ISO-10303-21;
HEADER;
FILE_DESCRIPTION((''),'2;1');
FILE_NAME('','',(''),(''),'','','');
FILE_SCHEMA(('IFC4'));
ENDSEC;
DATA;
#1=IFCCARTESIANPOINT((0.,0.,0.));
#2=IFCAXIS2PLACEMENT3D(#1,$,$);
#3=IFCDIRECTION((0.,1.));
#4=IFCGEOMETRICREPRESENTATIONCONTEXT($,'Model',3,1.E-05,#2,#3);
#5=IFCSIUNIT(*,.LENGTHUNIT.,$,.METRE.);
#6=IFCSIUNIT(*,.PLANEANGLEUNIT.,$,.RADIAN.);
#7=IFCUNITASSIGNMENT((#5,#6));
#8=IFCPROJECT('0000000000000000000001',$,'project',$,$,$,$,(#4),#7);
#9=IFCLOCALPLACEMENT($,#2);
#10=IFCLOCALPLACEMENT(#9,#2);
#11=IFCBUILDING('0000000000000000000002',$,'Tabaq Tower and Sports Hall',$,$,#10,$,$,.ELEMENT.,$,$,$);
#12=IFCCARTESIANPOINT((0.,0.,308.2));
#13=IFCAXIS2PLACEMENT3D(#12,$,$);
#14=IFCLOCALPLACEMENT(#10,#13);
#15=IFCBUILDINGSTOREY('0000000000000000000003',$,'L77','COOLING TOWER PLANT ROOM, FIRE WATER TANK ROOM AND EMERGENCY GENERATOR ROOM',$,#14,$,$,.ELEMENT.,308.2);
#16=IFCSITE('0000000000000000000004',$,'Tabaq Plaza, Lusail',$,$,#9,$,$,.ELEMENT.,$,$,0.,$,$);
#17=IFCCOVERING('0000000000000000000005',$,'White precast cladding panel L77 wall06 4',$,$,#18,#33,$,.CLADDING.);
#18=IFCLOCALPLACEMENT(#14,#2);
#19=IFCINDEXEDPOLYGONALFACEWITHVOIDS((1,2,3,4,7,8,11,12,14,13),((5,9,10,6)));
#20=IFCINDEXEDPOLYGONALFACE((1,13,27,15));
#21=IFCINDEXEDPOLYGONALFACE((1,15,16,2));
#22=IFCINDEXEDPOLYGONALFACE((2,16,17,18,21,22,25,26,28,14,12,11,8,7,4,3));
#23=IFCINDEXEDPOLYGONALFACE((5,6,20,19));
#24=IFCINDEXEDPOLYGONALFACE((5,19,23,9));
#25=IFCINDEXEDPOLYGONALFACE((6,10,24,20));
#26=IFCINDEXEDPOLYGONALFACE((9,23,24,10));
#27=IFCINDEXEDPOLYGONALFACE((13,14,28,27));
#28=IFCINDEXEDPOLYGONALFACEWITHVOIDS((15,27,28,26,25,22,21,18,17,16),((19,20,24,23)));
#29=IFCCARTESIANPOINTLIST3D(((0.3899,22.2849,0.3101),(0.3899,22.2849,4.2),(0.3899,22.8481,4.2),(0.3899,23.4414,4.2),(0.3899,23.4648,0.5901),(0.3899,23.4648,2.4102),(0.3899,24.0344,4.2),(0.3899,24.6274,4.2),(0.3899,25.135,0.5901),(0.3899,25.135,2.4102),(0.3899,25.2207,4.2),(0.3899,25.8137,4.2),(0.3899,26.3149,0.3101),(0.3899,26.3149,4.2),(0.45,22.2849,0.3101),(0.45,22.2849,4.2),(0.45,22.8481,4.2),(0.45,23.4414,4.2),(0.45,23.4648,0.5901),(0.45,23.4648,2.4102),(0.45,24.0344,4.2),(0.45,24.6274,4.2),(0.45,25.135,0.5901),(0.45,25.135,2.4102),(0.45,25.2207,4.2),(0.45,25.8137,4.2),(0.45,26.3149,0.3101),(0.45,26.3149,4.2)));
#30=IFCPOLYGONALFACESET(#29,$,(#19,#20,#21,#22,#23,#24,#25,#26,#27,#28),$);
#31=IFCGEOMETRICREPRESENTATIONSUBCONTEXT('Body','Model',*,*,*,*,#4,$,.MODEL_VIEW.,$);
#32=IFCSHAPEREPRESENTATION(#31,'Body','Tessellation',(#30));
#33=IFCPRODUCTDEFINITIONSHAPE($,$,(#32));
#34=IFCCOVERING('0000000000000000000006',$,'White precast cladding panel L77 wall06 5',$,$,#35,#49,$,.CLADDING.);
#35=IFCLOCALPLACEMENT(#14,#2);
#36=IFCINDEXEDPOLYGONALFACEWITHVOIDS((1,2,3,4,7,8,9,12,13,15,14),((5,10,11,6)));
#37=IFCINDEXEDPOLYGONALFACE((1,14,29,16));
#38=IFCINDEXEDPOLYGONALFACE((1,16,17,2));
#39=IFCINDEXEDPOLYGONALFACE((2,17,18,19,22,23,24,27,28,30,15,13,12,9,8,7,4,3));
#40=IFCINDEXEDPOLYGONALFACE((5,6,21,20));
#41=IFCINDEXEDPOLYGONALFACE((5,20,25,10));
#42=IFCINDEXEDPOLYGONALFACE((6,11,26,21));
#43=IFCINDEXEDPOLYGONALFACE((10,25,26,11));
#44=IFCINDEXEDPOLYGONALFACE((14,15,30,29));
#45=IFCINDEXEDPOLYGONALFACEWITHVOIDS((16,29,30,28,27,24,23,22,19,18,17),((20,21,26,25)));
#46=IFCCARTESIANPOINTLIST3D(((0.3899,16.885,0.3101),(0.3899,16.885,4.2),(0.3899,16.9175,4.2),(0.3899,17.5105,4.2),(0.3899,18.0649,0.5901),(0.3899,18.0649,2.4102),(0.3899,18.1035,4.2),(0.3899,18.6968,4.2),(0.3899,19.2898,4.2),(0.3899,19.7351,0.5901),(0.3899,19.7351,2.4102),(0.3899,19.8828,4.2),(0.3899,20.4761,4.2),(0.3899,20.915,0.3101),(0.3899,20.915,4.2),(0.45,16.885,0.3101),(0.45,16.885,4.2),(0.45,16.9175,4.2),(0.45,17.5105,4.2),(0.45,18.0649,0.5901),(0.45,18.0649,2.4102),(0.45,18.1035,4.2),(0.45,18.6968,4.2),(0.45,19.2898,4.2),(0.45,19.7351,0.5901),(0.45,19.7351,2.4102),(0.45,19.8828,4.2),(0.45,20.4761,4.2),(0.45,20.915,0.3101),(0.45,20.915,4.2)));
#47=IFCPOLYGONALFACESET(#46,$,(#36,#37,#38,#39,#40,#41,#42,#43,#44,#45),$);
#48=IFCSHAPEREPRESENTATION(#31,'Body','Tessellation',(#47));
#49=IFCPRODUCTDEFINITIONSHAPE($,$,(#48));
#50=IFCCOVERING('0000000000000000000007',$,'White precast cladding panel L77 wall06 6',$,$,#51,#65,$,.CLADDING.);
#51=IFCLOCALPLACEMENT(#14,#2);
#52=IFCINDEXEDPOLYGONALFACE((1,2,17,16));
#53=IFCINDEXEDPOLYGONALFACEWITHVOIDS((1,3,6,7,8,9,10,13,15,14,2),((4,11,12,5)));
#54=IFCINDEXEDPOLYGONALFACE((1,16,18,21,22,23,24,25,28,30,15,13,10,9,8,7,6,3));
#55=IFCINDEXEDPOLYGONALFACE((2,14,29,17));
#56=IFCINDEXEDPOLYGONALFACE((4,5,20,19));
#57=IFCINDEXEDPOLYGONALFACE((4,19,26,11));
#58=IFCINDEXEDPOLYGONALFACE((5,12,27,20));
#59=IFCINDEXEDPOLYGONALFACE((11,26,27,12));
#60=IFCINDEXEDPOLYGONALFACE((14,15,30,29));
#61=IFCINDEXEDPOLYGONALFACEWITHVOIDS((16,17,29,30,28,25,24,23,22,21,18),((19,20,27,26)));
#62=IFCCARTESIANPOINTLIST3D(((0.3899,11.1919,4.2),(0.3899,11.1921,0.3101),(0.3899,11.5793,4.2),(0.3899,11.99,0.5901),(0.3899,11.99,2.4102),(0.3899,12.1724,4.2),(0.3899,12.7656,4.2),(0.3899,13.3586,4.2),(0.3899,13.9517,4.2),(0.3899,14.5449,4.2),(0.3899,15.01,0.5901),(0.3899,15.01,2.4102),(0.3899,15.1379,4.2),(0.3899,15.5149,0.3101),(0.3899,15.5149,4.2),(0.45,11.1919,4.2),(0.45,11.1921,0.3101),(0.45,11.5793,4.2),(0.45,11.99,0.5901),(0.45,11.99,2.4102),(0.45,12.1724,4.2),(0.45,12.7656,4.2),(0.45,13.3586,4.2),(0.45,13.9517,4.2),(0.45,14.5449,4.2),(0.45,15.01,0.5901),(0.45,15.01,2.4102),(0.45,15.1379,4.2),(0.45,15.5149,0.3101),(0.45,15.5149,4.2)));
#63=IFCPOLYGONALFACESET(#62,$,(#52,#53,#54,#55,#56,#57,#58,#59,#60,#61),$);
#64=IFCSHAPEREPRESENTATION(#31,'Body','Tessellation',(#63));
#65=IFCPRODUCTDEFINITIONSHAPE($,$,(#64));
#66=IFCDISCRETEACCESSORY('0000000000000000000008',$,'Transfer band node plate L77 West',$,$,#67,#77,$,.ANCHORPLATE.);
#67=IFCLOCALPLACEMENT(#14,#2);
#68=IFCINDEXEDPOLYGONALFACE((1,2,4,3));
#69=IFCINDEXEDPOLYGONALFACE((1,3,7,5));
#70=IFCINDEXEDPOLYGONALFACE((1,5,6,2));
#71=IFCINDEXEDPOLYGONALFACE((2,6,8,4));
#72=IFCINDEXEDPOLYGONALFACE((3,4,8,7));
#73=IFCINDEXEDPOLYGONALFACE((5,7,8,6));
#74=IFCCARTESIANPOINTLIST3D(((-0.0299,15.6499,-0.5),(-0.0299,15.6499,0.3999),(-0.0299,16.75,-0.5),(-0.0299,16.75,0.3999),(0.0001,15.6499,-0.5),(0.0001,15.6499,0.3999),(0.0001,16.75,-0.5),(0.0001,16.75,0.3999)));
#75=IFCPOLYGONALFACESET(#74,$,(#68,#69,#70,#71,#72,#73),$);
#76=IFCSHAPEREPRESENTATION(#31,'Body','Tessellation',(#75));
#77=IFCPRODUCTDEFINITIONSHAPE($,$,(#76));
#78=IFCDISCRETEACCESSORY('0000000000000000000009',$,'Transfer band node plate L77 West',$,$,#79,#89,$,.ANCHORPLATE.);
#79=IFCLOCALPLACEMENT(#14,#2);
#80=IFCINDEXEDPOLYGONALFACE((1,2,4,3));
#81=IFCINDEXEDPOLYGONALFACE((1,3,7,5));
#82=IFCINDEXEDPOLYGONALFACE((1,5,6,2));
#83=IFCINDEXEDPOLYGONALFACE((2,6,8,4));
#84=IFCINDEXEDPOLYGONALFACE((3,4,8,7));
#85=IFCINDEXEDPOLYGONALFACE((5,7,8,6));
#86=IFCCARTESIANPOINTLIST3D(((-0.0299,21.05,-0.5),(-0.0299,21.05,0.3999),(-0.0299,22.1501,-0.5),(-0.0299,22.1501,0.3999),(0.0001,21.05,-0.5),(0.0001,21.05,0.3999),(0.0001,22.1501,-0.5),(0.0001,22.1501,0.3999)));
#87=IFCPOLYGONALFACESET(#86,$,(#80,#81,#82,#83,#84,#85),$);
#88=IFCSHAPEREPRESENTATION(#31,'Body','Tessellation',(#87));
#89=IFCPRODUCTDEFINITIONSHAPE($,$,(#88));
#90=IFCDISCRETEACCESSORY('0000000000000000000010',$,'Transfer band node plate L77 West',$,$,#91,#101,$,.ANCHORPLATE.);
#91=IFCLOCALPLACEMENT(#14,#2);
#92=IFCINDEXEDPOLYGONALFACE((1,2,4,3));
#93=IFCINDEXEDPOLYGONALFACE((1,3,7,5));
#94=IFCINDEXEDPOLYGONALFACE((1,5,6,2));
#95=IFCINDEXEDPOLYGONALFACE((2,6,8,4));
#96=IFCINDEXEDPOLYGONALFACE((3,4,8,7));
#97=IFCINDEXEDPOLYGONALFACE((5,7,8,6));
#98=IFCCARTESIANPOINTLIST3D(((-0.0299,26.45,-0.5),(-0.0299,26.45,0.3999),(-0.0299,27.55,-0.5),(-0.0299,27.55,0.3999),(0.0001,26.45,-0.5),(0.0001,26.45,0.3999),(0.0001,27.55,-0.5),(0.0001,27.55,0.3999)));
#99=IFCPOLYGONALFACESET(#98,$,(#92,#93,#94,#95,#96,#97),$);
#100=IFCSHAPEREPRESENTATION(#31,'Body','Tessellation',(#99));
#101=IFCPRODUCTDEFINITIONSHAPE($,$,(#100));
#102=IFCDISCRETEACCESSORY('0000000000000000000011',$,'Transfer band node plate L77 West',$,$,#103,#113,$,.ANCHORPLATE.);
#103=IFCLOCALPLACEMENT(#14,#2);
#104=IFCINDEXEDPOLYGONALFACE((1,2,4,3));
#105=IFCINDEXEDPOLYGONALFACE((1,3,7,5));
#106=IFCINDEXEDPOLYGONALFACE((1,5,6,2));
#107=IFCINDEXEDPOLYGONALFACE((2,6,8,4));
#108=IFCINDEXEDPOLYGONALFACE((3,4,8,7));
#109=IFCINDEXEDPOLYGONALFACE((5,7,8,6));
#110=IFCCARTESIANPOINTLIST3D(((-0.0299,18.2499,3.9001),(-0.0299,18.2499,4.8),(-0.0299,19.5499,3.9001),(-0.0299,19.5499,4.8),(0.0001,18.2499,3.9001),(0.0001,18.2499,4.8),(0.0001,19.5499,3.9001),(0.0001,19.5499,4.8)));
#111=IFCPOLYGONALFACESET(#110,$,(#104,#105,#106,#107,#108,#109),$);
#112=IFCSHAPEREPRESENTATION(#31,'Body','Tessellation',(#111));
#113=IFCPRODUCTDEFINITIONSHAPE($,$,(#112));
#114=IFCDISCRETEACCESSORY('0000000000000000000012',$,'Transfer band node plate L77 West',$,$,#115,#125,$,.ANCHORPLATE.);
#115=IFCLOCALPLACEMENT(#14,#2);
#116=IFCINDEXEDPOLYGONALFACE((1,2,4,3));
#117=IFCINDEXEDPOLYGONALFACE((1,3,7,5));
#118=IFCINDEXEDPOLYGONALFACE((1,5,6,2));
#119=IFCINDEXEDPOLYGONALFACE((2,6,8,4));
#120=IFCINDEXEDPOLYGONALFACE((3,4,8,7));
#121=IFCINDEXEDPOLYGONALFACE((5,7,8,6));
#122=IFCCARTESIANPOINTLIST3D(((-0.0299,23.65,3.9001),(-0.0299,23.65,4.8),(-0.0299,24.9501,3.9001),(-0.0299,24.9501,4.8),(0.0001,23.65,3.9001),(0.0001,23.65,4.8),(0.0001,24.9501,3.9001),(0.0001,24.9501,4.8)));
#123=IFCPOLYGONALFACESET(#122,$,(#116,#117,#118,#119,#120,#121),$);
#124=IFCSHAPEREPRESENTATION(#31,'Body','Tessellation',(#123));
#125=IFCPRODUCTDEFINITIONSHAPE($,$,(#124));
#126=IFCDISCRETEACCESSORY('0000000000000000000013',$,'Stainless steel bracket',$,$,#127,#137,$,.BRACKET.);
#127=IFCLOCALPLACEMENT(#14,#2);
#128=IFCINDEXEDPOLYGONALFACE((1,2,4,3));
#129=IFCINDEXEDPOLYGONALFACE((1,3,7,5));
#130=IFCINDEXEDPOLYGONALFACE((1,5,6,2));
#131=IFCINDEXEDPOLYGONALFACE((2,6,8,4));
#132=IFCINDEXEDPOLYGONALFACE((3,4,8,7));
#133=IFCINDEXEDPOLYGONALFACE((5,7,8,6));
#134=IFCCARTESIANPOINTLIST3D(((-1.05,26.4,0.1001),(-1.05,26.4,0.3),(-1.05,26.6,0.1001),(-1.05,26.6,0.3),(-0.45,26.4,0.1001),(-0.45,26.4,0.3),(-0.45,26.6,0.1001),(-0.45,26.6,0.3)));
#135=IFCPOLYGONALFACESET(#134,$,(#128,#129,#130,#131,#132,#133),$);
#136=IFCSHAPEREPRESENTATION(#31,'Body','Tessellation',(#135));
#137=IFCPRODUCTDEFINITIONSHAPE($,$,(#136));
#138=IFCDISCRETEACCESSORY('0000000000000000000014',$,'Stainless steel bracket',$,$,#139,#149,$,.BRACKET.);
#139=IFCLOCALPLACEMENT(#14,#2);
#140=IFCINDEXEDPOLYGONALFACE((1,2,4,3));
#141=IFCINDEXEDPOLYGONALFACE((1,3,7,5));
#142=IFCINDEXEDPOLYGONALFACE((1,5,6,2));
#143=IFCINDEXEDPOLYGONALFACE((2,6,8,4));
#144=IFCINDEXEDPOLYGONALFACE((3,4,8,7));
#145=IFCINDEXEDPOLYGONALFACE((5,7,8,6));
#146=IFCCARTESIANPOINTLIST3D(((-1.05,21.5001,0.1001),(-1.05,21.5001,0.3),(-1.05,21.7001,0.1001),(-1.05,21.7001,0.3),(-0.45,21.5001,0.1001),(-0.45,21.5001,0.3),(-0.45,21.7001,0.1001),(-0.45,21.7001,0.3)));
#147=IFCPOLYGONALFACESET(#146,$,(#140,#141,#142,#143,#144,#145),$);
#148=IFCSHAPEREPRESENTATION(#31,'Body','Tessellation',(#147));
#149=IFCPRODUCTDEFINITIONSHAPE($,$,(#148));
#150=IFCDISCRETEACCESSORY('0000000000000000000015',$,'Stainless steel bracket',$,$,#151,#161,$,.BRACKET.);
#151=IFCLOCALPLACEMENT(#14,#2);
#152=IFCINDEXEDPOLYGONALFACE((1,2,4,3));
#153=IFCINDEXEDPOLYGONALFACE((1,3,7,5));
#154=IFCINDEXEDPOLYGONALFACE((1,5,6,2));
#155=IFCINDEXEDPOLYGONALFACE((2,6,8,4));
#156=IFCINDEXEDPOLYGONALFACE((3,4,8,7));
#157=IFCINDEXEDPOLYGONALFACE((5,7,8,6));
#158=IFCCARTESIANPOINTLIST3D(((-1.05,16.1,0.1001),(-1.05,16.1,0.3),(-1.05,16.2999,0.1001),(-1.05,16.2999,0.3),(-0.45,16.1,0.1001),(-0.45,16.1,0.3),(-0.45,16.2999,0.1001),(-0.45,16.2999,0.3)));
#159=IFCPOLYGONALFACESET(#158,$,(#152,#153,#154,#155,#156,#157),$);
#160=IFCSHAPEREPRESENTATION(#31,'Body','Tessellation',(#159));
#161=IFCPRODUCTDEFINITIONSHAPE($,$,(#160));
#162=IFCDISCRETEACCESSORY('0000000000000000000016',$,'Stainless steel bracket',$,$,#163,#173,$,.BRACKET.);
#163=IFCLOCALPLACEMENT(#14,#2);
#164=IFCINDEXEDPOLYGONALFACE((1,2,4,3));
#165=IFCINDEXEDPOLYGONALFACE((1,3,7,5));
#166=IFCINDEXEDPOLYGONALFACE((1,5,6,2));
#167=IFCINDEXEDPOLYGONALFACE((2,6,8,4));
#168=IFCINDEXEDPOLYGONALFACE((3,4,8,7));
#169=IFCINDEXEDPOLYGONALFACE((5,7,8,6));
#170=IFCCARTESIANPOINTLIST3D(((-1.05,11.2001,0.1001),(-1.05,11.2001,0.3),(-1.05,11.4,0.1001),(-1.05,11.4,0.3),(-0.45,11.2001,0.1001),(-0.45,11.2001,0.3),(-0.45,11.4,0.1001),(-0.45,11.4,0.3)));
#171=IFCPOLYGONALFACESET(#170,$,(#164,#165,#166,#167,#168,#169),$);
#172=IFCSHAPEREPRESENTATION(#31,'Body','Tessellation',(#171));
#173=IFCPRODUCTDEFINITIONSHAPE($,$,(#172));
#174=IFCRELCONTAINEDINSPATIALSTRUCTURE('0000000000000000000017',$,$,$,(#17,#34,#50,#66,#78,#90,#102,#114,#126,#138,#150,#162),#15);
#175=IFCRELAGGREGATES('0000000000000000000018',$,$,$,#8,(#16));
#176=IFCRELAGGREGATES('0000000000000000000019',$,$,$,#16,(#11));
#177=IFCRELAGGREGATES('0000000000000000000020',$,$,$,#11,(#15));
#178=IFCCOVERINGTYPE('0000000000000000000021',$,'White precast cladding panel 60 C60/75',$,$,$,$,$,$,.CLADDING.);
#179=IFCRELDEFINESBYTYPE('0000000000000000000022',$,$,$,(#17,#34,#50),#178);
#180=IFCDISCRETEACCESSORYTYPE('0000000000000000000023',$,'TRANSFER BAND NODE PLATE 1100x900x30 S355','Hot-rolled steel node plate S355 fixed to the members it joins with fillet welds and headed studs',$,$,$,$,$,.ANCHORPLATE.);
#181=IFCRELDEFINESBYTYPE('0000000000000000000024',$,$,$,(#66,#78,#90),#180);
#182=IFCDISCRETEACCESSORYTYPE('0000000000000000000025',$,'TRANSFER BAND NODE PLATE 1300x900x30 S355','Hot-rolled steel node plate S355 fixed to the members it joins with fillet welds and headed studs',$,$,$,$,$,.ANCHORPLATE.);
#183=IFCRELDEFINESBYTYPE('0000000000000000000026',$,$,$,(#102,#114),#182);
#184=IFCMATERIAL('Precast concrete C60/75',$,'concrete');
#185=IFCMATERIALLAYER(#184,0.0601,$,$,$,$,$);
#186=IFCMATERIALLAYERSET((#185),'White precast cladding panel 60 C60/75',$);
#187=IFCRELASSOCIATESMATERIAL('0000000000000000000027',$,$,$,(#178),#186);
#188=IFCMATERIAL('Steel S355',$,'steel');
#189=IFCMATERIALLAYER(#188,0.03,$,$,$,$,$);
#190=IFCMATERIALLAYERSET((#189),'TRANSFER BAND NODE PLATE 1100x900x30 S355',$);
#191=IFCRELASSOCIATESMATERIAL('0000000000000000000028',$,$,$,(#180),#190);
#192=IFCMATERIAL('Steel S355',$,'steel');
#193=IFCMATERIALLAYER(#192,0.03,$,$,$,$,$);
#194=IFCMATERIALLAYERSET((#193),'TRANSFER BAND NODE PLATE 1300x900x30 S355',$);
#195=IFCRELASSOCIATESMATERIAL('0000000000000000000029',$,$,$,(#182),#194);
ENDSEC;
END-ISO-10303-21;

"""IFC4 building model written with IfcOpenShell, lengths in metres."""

from ifc_helpers import new_model, si_unit, direction, frame, origin, origin_2d, place, context, subcontext, project, spatial, polyline, rectangle, outline, extrude, material, layer, layer_set, type_object, element, save


model = new_model("IFC4")

# Units and contexts
model_context = context("Model", 3, precision=1e-05, world=origin(), true_north=direction((0.0, 1.0)))
body_context = subcontext(model_context, "Body", "Model", "MODEL_VIEW")
ifc_project = project(units=[si_unit("LENGTHUNIT", "METRE"), si_unit("PLANEANGLEUNIT", "RADIAN")], contexts=[model_context])

# Site, building, storey
site_placement = place(None, origin())
site = spatial("IfcSite", under=ifc_project, at=site_placement, Name="Tabaq Plaza, Lusail", CompositionType="ELEMENT", RefElevation=0.0)
building_placement = place(site_placement, origin())
building = spatial("IfcBuilding", under=site, at=building_placement, Name="Tabaq Tower and Sports Hall", CompositionType="ELEMENT")
storey_placement = place(building_placement, frame((0.0, 0.0, 308.2)))
storey = spatial("IfcBuildingStorey", under=building, at=storey_placement, Name="L77", Description="COOLING TOWER PLANT ROOM, FIRE WATER TANK ROOM AND EMERGENCY GENERATOR ROOM", CompositionType="ELEMENT", Elevation=308.2)

# Coverings
ifc_material_1 = material(Name="Precast concrete C60/75", Category="concrete")
ifc_layer_1 = layer(ifc_material_1, 0.0601)
ifc_layer_set_1 = layer_set([ifc_layer_1], Name="White precast cladding panel 60 C60/75")
covering_type_1 = type_object("IfcCoveringType", Name="White precast cladding panel 60 C60/75", PredefinedType="CLADDING", material=ifc_layer_set_1)
covering_1_placement = place(storey_placement, frame((0.4199, 26.3149, 0.3101), z_axis=(0.0, 0.0, 1.0), x_axis=(0.0, -1.0, 0.0)))
element("IfcCovering", 1, at=covering_1_placement, inside=storey, type_object=covering_type_1, Name="White precast cladding panel L77 wall06 4", PredefinedType="CLADDING", context=body_context, shape_type="SweptSolid", body=[
    extrude(outline(polyline([(0.0, 0.0), (4.03, 0.0), (4.03, 3.8899), (3.4668, 3.8899), (2.8735, 3.8899), (2.2805, 3.8899), (1.6875, 3.8899), (1.0942, 3.8899), (0.5012, 3.8899), (0.0, 3.8899), (0.0, 0.0)]), holes=[polyline([(1.1799, 0.28), (1.1799, 2.1001), (2.8501, 2.1001), (2.8501, 0.28), (1.1799, 0.28)])]), frame((0.0, 0.03, 0.0), z_axis=(0.0, -1.0, 0.0), x_axis=(1.0, 0.0, 0.0)), (0.0, 0.0, 1.0), 0.0601),
])
covering_2_placement = place(storey_placement, frame((0.4199, 20.915, 0.3101), z_axis=(0.0, 0.0, 1.0), x_axis=(0.0, -1.0, 0.0)))
element("IfcCovering", 2, at=covering_2_placement, inside=storey, type_object=covering_type_1, Name="White precast cladding panel L77 wall06 5", PredefinedType="CLADDING", context=body_context, shape_type="SweptSolid", body=[
    extrude(outline(polyline([(0.0, 0.0), (4.03, 0.0), (4.03, 3.8899), (3.9976, 3.8899), (3.4045, 3.8899), (2.8115, 3.8899), (2.2183, 3.8899), (1.6252, 3.8899), (1.0322, 3.8899), (0.439, 3.8899), (0.0, 3.8899), (0.0, 0.0)]), holes=[polyline([(1.1799, 0.28), (1.1799, 2.1001), (2.8501, 2.1001), (2.8501, 0.28), (1.1799, 0.28)])]), frame((0.0, 0.03, 0.0), z_axis=(0.0, -1.0, 0.0), x_axis=(1.0, 0.0, 0.0)), (0.0, 0.0, 1.0), 0.0601),
])
covering_3_placement = place(storey_placement, frame((0.4199, 15.5149, 0.3101), z_axis=(0.0, 0.0, 1.0), x_axis=(0.0, -1.0, 0.0)))
element("IfcCovering", 3, at=covering_3_placement, inside=storey, type_object=covering_type_1, Name="White precast cladding panel L77 wall06 6", PredefinedType="CLADDING", context=body_context, shape_type="SweptSolid", body=[
    extrude(outline(polyline([(0.0, 0.0), (4.3228, 0.0), (4.323, 3.8899), (3.9355, 3.8899), (3.3425, 3.8899), (2.7493, 3.8899), (2.1562, 3.8899), (1.5632, 3.8899), (0.97, 3.8899), (0.377, 3.8899), (0.0, 3.8899), (0.0, 0.0)]), holes=[polyline([(0.5049, 0.28), (0.5049, 2.1001), (3.5249, 2.1001), (3.5249, 0.28), (0.5049, 0.28)])]), frame((0.0, 0.03, 0.0), z_axis=(0.0, -1.0, 0.0), x_axis=(1.0, 0.0, 0.0)), (0.0, 0.0, 1.0), 0.0601),
])

# Discrete accessories
ifc_material_2 = material(Name="Steel S355", Category="steel")
ifc_layer_2 = layer(ifc_material_2, 0.03)
ifc_layer_set_2 = layer_set([ifc_layer_2], Name="TRANSFER BAND NODE PLATE 1100x900x30 S355")
discrete_accessory_type_1 = type_object("IfcDiscreteAccessoryType", Name="TRANSFER BAND NODE PLATE 1100x900x30 S355", Description="Hot-rolled steel node plate S355 fixed to the members it joins with fillet welds and headed studs", PredefinedType="ANCHORPLATE", material=ifc_layer_set_2)
for number, where, z_axis, x_axis, name in (
    (4, (-0.0149, 16.2, -0.5), (0.0, 0.0, 1.0), (0.0, -1.0, 0.0), "Transfer band node plate L77 West"),
    (5, (-0.0149, 21.6001, -0.5), (0.0, 0.0, 1.0), (0.0, -1.0, 0.0), "Transfer band node plate L77 West"),
    (6, (-0.0149, 27.0, -0.5), (0.0, 0.0, 1.0), (0.0, -1.0, 0.0), "Transfer band node plate L77 West"),
):
    element("IfcDiscreteAccessory", number, at=place(storey_placement, frame(where, z_axis=z_axis, x_axis=x_axis)), inside=storey, type_object=discrete_accessory_type_1, Name=name, PredefinedType="ANCHORPLATE", context=body_context, shape_type="SweptSolid", body=[
        extrude(rectangle(XDim=1.1001, YDim=0.03, at=origin_2d()), origin(), (0.0, 0.0, 1.0), 0.8999),
    ])
ifc_material_3 = material(Name="Steel S355", Category="steel")
ifc_layer_3 = layer(ifc_material_3, 0.03)
ifc_layer_set_3 = layer_set([ifc_layer_3], Name="TRANSFER BAND NODE PLATE 1300x900x30 S355")
discrete_accessory_type_2 = type_object("IfcDiscreteAccessoryType", Name="TRANSFER BAND NODE PLATE 1300x900x30 S355", Description="Hot-rolled steel node plate S355 fixed to the members it joins with fillet welds and headed studs", PredefinedType="ANCHORPLATE", material=ifc_layer_set_3)
for number, where, z_axis, x_axis, name in (
    (7, (-0.0149, 18.8999, 3.9001), (0.0, 0.0, 1.0), (0.0, -1.0, 0.0), "Transfer band node plate L77 West"),
    (8, (-0.0149, 24.3, 3.9001), (0.0, 0.0, 1.0), (0.0, -1.0, 0.0), "Transfer band node plate L77 West"),
):
    element("IfcDiscreteAccessory", number, at=place(storey_placement, frame(where, z_axis=z_axis, x_axis=x_axis)), inside=storey, type_object=discrete_accessory_type_2, Name=name, PredefinedType="ANCHORPLATE", context=body_context, shape_type="SweptSolid", body=[
        extrude(rectangle(XDim=1.3, YDim=0.03, at=origin_2d()), origin(), (0.0, 0.0, 1.0), 0.8999),
    ])
for number, where, z_axis, x_axis, name in (
    (9, (-0.75, 26.5, 0.1001), (0.0, 0.0, 1.0), (-1.0, 0.0, 0.0), "Stainless steel bracket"),
    (10, (-0.75, 21.6001, 0.1001), (0.0, 0.0, 1.0), (-1.0, 0.0, 0.0), "Stainless steel bracket"),
    (11, (-0.75, 16.2, 0.1001), (0.0, 0.0, 1.0), (-1.0, 0.0, 0.0), "Stainless steel bracket"),
    (12, (-0.75, 11.3, 0.1001), (0.0, 0.0, 1.0), (-1.0, 0.0, 0.0), "Stainless steel bracket"),
):
    element("IfcDiscreteAccessory", number, at=place(storey_placement, frame(where, z_axis=z_axis, x_axis=x_axis)), inside=storey, Name=name, PredefinedType="BRACKET", context=body_context, shape_type="SweptSolid", body=[
        extrude(rectangle(XDim=0.6001, YDim=0.2, at=origin_2d()), origin(), (0.0, 0.0, 1.0), 0.2),
    ])

save(model, "model.ifc")
